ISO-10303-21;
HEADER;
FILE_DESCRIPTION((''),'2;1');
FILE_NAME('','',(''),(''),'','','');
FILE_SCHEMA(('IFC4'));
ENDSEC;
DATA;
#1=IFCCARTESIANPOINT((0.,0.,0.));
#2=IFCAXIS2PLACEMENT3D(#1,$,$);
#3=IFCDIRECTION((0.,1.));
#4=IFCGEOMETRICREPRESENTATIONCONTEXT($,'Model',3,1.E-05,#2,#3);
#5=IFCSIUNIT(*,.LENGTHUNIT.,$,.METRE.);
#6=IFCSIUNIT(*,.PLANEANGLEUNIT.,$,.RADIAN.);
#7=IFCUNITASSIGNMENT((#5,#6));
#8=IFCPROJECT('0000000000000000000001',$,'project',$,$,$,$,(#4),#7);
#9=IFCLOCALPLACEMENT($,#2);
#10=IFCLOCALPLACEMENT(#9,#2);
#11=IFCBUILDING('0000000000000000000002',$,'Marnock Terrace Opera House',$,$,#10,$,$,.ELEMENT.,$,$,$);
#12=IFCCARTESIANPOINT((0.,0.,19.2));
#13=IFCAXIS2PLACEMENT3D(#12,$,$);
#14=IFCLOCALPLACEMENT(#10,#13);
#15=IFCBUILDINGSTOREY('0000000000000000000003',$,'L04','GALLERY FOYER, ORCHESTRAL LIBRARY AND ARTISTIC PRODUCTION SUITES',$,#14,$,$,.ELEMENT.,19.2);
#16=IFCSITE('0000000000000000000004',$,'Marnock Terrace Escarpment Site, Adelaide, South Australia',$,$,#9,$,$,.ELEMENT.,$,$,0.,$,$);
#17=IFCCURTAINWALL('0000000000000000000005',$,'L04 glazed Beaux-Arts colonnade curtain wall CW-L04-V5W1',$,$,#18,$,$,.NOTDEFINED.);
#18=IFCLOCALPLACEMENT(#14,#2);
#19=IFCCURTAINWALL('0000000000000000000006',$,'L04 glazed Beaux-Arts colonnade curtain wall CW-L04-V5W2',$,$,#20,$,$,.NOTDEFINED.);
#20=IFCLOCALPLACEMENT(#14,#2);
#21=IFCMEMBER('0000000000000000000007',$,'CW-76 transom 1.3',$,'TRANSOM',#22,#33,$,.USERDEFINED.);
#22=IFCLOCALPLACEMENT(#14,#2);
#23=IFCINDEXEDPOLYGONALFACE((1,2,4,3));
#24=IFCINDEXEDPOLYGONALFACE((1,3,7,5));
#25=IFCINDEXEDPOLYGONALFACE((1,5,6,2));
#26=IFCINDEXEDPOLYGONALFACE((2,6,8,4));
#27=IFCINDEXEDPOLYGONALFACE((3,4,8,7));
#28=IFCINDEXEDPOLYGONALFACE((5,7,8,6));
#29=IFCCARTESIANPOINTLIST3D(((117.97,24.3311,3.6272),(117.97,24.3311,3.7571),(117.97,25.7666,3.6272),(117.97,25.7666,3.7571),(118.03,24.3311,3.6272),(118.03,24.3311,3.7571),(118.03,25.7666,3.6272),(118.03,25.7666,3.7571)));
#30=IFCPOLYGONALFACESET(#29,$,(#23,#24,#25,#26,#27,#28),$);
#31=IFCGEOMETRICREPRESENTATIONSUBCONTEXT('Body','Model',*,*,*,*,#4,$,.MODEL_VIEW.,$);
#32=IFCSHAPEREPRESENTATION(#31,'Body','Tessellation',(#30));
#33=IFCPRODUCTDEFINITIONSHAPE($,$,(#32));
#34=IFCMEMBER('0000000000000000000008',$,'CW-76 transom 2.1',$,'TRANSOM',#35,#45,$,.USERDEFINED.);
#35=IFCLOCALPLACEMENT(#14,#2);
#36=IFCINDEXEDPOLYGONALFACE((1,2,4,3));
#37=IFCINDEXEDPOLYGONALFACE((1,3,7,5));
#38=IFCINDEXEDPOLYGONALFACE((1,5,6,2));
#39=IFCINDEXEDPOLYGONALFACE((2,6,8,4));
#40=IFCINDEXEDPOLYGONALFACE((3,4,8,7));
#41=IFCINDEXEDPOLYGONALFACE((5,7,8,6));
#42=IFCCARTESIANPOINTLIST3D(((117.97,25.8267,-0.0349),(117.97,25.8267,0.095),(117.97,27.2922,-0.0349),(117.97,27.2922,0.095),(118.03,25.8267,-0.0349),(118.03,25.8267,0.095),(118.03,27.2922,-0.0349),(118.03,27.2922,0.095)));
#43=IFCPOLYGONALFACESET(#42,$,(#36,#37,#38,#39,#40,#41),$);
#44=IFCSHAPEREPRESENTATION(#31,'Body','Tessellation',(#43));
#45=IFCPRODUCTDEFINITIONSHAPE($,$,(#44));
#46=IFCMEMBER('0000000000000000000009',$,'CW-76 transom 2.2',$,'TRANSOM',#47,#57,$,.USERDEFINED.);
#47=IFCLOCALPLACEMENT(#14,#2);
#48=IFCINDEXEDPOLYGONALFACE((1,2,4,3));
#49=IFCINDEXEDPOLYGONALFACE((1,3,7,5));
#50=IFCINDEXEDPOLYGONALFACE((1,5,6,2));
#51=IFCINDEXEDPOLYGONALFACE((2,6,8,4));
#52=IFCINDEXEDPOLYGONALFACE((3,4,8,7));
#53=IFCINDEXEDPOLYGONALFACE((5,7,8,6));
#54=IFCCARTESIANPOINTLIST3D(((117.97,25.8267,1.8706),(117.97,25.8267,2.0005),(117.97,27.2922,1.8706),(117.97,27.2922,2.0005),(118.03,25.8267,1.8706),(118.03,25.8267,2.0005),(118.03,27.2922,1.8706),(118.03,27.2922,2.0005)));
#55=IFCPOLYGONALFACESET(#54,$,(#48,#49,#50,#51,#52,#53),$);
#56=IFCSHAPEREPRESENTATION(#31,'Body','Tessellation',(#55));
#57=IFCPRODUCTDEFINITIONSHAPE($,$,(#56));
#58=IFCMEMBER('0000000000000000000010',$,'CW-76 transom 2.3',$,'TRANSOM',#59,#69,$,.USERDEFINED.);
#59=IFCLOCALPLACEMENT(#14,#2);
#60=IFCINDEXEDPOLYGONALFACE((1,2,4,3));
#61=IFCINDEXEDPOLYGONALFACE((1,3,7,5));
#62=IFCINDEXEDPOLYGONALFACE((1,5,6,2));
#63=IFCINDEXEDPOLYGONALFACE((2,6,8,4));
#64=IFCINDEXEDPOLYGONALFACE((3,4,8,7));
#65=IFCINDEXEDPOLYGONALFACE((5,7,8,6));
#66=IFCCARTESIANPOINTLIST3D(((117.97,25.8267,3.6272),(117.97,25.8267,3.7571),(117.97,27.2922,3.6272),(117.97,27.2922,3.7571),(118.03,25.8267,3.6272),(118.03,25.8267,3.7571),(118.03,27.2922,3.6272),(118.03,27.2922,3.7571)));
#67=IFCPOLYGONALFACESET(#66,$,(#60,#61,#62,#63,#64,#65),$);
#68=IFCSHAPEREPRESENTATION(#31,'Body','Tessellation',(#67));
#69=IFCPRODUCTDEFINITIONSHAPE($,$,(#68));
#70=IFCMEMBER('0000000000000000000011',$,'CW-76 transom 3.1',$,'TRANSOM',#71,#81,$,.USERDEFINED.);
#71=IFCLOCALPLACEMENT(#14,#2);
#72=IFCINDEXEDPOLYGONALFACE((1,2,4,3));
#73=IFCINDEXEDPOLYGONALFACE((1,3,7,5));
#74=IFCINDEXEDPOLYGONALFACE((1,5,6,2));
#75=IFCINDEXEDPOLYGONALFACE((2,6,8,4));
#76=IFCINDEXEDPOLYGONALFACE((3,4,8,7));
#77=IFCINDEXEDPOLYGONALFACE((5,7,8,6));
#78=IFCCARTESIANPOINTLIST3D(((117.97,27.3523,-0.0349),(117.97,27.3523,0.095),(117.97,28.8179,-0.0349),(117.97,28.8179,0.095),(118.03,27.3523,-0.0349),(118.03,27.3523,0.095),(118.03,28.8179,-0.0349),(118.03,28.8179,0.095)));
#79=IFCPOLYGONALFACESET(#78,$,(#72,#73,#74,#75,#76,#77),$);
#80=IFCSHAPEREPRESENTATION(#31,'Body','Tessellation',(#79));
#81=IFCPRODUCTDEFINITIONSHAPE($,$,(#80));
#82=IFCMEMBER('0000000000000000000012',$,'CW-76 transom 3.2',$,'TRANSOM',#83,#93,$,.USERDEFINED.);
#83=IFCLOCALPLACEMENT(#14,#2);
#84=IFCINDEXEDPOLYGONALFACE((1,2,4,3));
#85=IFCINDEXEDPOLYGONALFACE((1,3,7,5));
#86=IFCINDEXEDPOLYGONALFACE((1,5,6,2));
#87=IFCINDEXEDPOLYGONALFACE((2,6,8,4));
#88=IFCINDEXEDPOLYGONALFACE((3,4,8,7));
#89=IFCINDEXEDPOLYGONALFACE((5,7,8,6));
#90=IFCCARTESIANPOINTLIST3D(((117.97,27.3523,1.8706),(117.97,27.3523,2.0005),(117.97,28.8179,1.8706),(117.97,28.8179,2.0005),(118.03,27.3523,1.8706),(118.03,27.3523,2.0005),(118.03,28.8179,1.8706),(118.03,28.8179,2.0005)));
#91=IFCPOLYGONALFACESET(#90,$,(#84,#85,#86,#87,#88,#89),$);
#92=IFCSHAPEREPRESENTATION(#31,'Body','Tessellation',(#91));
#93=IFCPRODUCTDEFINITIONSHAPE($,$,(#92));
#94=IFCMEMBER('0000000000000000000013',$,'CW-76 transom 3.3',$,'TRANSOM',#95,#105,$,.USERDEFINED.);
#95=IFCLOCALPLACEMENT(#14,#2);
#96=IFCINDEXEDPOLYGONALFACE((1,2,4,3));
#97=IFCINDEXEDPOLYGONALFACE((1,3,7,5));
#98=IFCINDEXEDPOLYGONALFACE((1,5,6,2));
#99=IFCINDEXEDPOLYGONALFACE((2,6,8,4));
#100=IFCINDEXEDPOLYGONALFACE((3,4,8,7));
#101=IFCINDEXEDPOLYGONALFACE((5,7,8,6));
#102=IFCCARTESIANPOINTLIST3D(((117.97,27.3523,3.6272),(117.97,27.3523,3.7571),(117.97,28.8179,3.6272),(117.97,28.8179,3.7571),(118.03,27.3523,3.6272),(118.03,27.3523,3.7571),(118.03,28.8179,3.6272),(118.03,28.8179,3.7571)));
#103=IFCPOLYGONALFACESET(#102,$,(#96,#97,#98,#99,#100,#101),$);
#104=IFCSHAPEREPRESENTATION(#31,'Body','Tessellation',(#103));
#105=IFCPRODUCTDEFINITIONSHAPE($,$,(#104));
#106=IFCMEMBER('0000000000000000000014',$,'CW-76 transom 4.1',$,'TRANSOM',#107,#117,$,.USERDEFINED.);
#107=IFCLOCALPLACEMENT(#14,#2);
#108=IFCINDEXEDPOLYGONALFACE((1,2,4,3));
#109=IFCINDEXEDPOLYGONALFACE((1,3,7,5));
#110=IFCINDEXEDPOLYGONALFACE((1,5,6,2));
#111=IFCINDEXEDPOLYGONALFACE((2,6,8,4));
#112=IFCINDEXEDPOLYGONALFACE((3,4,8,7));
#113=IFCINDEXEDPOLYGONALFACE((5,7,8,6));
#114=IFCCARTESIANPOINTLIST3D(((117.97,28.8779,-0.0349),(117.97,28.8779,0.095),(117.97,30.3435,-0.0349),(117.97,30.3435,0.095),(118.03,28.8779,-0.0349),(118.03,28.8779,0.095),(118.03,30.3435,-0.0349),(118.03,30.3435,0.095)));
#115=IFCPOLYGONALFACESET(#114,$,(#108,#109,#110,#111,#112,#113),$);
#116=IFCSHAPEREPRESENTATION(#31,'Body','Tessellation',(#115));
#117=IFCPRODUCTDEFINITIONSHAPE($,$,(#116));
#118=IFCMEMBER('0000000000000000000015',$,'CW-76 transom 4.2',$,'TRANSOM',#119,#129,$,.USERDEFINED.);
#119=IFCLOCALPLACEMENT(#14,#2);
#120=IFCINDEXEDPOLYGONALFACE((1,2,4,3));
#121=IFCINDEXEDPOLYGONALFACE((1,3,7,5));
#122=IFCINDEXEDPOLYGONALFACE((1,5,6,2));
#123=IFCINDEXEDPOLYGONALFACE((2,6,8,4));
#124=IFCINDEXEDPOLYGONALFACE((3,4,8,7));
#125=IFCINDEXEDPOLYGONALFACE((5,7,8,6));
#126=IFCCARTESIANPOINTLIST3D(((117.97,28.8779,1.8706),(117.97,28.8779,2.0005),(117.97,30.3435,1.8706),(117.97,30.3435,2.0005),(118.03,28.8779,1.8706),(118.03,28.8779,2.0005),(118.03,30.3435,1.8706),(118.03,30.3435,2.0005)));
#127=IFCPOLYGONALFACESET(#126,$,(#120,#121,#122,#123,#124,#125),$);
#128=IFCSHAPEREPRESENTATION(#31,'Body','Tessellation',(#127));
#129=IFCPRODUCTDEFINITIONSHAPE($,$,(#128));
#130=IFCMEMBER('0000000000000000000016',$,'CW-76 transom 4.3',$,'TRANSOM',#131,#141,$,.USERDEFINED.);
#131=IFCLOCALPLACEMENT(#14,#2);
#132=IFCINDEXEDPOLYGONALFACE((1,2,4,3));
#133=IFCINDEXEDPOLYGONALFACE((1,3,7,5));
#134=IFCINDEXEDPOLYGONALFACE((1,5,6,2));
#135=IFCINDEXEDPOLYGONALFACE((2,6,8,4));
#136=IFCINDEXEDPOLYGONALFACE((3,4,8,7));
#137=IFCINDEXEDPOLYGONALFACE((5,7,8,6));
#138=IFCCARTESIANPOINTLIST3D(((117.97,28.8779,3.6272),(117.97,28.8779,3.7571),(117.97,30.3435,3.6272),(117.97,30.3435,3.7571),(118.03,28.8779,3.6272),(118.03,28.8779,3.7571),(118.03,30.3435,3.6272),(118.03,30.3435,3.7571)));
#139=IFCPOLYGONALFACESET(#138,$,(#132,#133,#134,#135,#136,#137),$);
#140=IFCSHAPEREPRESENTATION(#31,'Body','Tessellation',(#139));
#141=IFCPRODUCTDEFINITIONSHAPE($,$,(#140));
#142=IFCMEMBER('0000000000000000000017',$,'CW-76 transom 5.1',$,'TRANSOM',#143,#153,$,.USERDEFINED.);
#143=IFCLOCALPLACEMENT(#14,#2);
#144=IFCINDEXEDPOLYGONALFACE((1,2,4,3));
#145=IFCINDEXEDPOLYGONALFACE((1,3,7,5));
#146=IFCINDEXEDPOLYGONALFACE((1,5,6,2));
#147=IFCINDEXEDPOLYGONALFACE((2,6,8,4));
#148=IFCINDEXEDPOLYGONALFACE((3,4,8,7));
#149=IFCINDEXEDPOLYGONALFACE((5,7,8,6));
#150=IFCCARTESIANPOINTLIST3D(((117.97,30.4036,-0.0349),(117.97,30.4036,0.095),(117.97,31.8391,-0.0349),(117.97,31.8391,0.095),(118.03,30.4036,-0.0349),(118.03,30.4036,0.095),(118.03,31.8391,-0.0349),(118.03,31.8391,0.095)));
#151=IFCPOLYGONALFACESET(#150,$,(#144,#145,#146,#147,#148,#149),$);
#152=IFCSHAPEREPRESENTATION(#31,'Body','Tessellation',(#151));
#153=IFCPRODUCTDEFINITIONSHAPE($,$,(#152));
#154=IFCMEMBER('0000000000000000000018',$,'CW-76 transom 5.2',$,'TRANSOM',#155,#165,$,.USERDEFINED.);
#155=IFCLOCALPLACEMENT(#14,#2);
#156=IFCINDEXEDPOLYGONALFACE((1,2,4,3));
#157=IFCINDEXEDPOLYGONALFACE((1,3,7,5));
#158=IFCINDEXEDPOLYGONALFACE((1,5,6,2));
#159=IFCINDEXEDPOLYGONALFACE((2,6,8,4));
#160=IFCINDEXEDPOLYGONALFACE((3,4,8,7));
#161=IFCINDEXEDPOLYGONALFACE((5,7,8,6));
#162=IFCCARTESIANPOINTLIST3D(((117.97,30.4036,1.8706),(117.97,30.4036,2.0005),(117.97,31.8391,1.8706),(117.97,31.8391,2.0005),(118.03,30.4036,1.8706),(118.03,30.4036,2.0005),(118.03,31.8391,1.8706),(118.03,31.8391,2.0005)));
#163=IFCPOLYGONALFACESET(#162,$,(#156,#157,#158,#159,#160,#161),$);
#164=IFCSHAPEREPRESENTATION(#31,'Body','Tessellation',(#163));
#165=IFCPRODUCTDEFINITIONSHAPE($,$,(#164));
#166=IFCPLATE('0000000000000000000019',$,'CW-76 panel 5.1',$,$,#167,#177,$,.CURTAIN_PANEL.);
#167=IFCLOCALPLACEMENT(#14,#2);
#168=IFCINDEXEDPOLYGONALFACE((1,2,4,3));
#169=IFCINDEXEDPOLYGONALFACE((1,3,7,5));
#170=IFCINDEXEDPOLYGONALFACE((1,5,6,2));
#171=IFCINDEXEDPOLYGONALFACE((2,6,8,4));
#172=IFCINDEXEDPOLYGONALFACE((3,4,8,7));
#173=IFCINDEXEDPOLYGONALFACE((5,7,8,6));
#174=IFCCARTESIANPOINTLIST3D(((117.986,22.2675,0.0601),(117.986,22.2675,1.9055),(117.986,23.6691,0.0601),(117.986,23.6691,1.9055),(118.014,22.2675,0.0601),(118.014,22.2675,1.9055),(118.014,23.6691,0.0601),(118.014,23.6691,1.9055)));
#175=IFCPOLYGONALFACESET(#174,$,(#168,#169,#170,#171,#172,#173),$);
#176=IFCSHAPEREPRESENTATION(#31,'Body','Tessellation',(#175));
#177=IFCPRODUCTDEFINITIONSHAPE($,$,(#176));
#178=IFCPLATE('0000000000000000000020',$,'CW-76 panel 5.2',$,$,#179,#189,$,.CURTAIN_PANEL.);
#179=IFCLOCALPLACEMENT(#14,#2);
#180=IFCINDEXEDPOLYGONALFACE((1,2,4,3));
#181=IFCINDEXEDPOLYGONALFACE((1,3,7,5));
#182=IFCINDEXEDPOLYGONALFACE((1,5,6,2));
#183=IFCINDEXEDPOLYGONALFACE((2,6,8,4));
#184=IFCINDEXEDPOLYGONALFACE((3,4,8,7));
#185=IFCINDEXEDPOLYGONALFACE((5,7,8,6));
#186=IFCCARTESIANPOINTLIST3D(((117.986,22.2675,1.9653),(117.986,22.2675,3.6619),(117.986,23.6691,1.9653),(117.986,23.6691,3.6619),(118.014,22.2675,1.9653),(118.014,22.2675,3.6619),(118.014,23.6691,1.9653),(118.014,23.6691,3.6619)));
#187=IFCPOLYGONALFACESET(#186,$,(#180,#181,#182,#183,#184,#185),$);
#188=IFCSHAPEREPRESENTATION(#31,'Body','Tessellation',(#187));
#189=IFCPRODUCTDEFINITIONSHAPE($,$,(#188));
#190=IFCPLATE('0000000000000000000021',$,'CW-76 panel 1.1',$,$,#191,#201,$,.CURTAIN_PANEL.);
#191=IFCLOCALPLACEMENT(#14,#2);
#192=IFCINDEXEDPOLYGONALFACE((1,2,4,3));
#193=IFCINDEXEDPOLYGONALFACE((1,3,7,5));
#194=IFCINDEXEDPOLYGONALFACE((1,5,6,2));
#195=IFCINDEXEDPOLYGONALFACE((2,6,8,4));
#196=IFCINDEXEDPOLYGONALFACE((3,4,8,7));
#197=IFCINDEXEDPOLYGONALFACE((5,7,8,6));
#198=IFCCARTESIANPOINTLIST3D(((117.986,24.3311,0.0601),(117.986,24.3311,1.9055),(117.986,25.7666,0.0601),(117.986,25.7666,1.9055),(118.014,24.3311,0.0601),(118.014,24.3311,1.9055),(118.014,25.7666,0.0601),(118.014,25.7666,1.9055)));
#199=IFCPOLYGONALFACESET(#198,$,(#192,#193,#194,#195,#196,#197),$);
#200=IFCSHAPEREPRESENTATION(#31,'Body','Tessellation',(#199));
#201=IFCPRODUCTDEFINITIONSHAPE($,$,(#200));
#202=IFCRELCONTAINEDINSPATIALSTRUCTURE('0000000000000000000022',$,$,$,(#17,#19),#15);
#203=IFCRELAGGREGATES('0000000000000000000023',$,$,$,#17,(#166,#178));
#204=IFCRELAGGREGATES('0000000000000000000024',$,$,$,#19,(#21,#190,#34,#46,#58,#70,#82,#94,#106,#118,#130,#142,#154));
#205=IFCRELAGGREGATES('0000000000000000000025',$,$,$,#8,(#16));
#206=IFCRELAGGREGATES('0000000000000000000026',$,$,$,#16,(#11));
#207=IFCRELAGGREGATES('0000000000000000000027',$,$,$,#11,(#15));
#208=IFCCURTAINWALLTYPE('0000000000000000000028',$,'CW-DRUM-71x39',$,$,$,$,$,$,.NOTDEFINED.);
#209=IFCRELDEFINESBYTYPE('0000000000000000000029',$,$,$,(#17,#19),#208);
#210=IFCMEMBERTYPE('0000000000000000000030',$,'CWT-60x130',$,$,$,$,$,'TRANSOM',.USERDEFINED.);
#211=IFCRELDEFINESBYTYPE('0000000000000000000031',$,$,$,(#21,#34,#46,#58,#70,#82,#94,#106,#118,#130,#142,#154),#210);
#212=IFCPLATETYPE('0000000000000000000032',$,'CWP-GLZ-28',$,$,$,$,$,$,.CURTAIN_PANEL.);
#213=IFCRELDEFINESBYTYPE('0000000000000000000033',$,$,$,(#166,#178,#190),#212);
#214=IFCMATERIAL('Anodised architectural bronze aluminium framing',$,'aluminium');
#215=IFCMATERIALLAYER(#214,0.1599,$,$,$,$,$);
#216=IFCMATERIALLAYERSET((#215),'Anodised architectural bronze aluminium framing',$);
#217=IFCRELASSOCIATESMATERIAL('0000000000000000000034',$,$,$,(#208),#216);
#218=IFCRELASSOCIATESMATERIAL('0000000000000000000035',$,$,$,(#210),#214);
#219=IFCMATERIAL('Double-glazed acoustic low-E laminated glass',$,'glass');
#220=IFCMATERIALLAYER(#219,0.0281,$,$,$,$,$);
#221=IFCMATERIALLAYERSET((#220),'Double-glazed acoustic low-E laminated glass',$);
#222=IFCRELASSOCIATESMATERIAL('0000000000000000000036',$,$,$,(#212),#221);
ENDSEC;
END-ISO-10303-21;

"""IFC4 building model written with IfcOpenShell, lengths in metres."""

from ifc_helpers import new_model, si_unit, direction, frame, origin, origin_2d, place, context, subcontext, project, spatial, rectangle, extrude, material, layer, layer_set, material_profile, profile_set, type_object, element, aggregate, save


model = new_model("IFC4")

# Units and contexts
model_context = context("Model", 3, precision=1e-05, world=origin(), true_north=direction((0.0, 1.0)))
body_context = subcontext(model_context, "Body", "Model", "MODEL_VIEW")
ifc_project = project(units=[si_unit("LENGTHUNIT", "METRE"), si_unit("PLANEANGLEUNIT", "RADIAN")], contexts=[model_context])

# Site, building, storey
site_placement = place(None, origin())
site = spatial("IfcSite", under=ifc_project, at=site_placement, Name="Marnock Terrace Escarpment Site, Adelaide, South Australia", CompositionType="ELEMENT", RefElevation=0.0)
building_placement = place(site_placement, origin())
building = spatial("IfcBuilding", under=site, at=building_placement, Name="Marnock Terrace Opera House", CompositionType="ELEMENT")
storey_placement = place(building_placement, frame((0.0, 0.0, 19.2)))
storey = spatial("IfcBuildingStorey", under=building, at=storey_placement, Name="L04", Description="GALLERY FOYER, ORCHESTRAL LIBRARY AND ARTISTIC PRODUCTION SUITES", CompositionType="ELEMENT", Elevation=19.2)

# Curtain wall
ifc_material_1 = material(Name="Anodised architectural bronze aluminium framing", Category="aluminium")
ifc_layer_1 = layer(ifc_material_1, 0.1599)
ifc_layer_set_1 = layer_set([ifc_layer_1], Name="Anodised architectural bronze aluminium framing")
curtain_wall_type = type_object("IfcCurtainWallType", Name="CW-DRUM-71x39", PredefinedType="NOTDEFINED", material=ifc_layer_set_1)
curtain_wall_1_placement = place(storey_placement, origin())
curtain_wall_1 = element("IfcCurtainWall", 1, at=curtain_wall_1_placement, inside=storey, type_object=curtain_wall_type, Name="L04 glazed Beaux-Arts colonnade curtain wall CW-L04-V5W1", PredefinedType="NOTDEFINED")

# Curtain wall
curtain_wall_2_placement = place(storey_placement, origin())
curtain_wall_2 = element("IfcCurtainWall", 2, at=curtain_wall_2_placement, inside=storey, type_object=curtain_wall_type, Name="L04 glazed Beaux-Arts colonnade curtain wall CW-L04-V5W2", PredefinedType="NOTDEFINED")

# Members
ifc_material_profile_1 = material_profile(ifc_material_1, rectangle(XDim=0.0601, YDim=0.1299, at=origin_2d()))
ifc_profile_set_1 = profile_set([ifc_material_profile_1], Name="Anodised architectural bronze aluminium framing")
member_type_1 = type_object("IfcMemberType", Name="CWT-60x130", ElementType="TRANSOM", PredefinedType="USERDEFINED", material=ifc_profile_set_1)
member_1_placement = place(storey_placement, frame((118.0, 24.3311, 3.6921), z_axis=(0.0, 1.0, 0.0), x_axis=(-1.0, 0.0, 0.0)))
member_1 = element("IfcMember", 3, at=member_1_placement, type_object=member_type_1, Name="CW-76 transom 1.3", ObjectType="TRANSOM", PredefinedType="USERDEFINED", context=body_context, shape_type="SweptSolid", body=[
    extrude(rectangle(XDim=0.0601, YDim=0.1299, at=origin_2d()), origin(), (0.0, 0.0, 1.0), 1.4355),
])
member_2_placement = place(storey_placement, frame((118.0, 25.8267, 0.03), z_axis=(0.0, 1.0, 0.0), x_axis=(-1.0, 0.0, 0.0)))
member_2 = element("IfcMember", 4, at=member_2_placement, type_object=member_type_1, Name="CW-76 transom 2.1", ObjectType="TRANSOM", PredefinedType="USERDEFINED", context=body_context, shape_type="SweptSolid", body=[
    extrude(rectangle(XDim=0.0601, YDim=0.1299, at=origin_2d()), origin(), (0.0, 0.0, 1.0), 1.4656),
])
member_3_placement = place(storey_placement, frame((118.0, 25.8267, 1.9355), z_axis=(0.0, 1.0, 0.0), x_axis=(-1.0, 0.0, 0.0)))
member_3 = element("IfcMember", 5, at=member_3_placement, type_object=member_type_1, Name="CW-76 transom 2.2", ObjectType="TRANSOM", PredefinedType="USERDEFINED", context=body_context, shape_type="SweptSolid", body=[
    extrude(rectangle(XDim=0.0601, YDim=0.1299, at=origin_2d()), origin(), (0.0, 0.0, 1.0), 1.4656),
])
member_4_placement = place(storey_placement, frame((118.0, 25.8267, 3.6921), z_axis=(0.0, 1.0, 0.0), x_axis=(-1.0, 0.0, 0.0)))
member_4 = element("IfcMember", 6, at=member_4_placement, type_object=member_type_1, Name="CW-76 transom 2.3", ObjectType="TRANSOM", PredefinedType="USERDEFINED", context=body_context, shape_type="SweptSolid", body=[
    extrude(rectangle(XDim=0.0601, YDim=0.1299, at=origin_2d()), origin(), (0.0, 0.0, 1.0), 1.4656),
])
member_5_placement = place(storey_placement, frame((118.0, 27.3523, 0.03), z_axis=(0.0, 1.0, 0.0), x_axis=(-1.0, 0.0, 0.0)))
member_5 = element("IfcMember", 7, at=member_5_placement, type_object=member_type_1, Name="CW-76 transom 3.1", ObjectType="TRANSOM", PredefinedType="USERDEFINED", context=body_context, shape_type="SweptSolid", body=[
    extrude(rectangle(XDim=0.0601, YDim=0.1299, at=origin_2d()), origin(), (0.0, 0.0, 1.0), 1.4656),
])
member_6_placement = place(storey_placement, frame((118.0, 27.3523, 1.9355), z_axis=(0.0, 1.0, 0.0), x_axis=(-1.0, 0.0, 0.0)))
member_6 = element("IfcMember", 8, at=member_6_placement, type_object=member_type_1, Name="CW-76 transom 3.2", ObjectType="TRANSOM", PredefinedType="USERDEFINED", context=body_context, shape_type="SweptSolid", body=[
    extrude(rectangle(XDim=0.0601, YDim=0.1299, at=origin_2d()), origin(), (0.0, 0.0, 1.0), 1.4656),
])
member_7_placement = place(storey_placement, frame((118.0, 27.3523, 3.6921), z_axis=(0.0, 1.0, 0.0), x_axis=(-1.0, 0.0, 0.0)))
member_7 = element("IfcMember", 9, at=member_7_placement, type_object=member_type_1, Name="CW-76 transom 3.3", ObjectType="TRANSOM", PredefinedType="USERDEFINED", context=body_context, shape_type="SweptSolid", body=[
    extrude(rectangle(XDim=0.0601, YDim=0.1299, at=origin_2d()), origin(), (0.0, 0.0, 1.0), 1.4656),
])
member_8_placement = place(storey_placement, frame((118.0, 28.8779, 0.03), z_axis=(0.0, 1.0, 0.0), x_axis=(-1.0, 0.0, 0.0)))
member_8 = element("IfcMember", 10, at=member_8_placement, type_object=member_type_1, Name="CW-76 transom 4.1", ObjectType="TRANSOM", PredefinedType="USERDEFINED", context=body_context, shape_type="SweptSolid", body=[
    extrude(rectangle(XDim=0.0601, YDim=0.1299, at=origin_2d()), origin(), (0.0, 0.0, 1.0), 1.4656),
])
member_9_placement = place(storey_placement, frame((118.0, 28.8779, 1.9355), z_axis=(0.0, 1.0, 0.0), x_axis=(-1.0, 0.0, 0.0)))
member_9 = element("IfcMember", 11, at=member_9_placement, type_object=member_type_1, Name="CW-76 transom 4.2", ObjectType="TRANSOM", PredefinedType="USERDEFINED", context=body_context, shape_type="SweptSolid", body=[
    extrude(rectangle(XDim=0.0601, YDim=0.1299, at=origin_2d()), origin(), (0.0, 0.0, 1.0), 1.4656),
])
member_10_placement = place(storey_placement, frame((118.0, 28.8779, 3.6921), z_axis=(0.0, 1.0, 0.0), x_axis=(-1.0, 0.0, 0.0)))
member_10 = element("IfcMember", 12, at=member_10_placement, type_object=member_type_1, Name="CW-76 transom 4.3", ObjectType="TRANSOM", PredefinedType="USERDEFINED", context=body_context, shape_type="SweptSolid", body=[
    extrude(rectangle(XDim=0.0601, YDim=0.1299, at=origin_2d()), origin(), (0.0, 0.0, 1.0), 1.4656),
])
member_11_placement = place(storey_placement, frame((118.0, 30.4036, 0.03), z_axis=(0.0, 1.0, 0.0), x_axis=(-1.0, 0.0, 0.0)))
member_11 = element("IfcMember", 13, at=member_11_placement, type_object=member_type_1, Name="CW-76 transom 5.1", ObjectType="TRANSOM", PredefinedType="USERDEFINED", context=body_context, shape_type="SweptSolid", body=[
    extrude(rectangle(XDim=0.0601, YDim=0.1299, at=origin_2d()), origin(), (0.0, 0.0, 1.0), 1.4355),
])
member_12_placement = place(storey_placement, frame((118.0, 30.4036, 1.9355), z_axis=(0.0, 1.0, 0.0), x_axis=(-1.0, 0.0, 0.0)))
member_12 = element("IfcMember", 14, at=member_12_placement, type_object=member_type_1, Name="CW-76 transom 5.2", ObjectType="TRANSOM", PredefinedType="USERDEFINED", context=body_context, shape_type="SweptSolid", body=[
    extrude(rectangle(XDim=0.0601, YDim=0.1299, at=origin_2d()), origin(), (0.0, 0.0, 1.0), 1.4355),
])

# Plates
ifc_material_2 = material(Name="Double-glazed acoustic low-E laminated glass", Category="glass")
ifc_layer_2 = layer(ifc_material_2, 0.0281)
ifc_layer_set_2 = layer_set([ifc_layer_2], Name="Double-glazed acoustic low-E laminated glass")
plate_type = type_object("IfcPlateType", Name="CWP-GLZ-28", PredefinedType="CURTAIN_PANEL", material=ifc_layer_set_2)
plate_1_placement = place(storey_placement, frame((118.0, 22.9683, 0.0601), z_axis=(0.0, 0.0, 1.0), x_axis=(0.0, 1.0, 0.0)))
plate_1 = element("IfcPlate", 15, at=plate_1_placement, type_object=plate_type, Name="CW-76 panel 5.1", PredefinedType="CURTAIN_PANEL", context=body_context, shape_type="SweptSolid", body=[
    extrude(rectangle(XDim=1.4016, YDim=0.0281, at=origin_2d()), origin(), (0.0, 0.0, 1.0), 1.8455),
])
plate_2_placement = place(storey_placement, frame((118.0, 22.9683, 1.9653), z_axis=(0.0, 0.0, 1.0), x_axis=(0.0, 1.0, 0.0)))
plate_2 = element("IfcPlate", 16, at=plate_2_placement, type_object=plate_type, Name="CW-76 panel 5.2", PredefinedType="CURTAIN_PANEL", context=body_context, shape_type="SweptSolid", body=[
    extrude(rectangle(XDim=1.4016, YDim=0.0281, at=origin_2d()), origin(), (0.0, 0.0, 1.0), 1.6965),
])
aggregate(curtain_wall_1, [plate_1, plate_2])
plate_3_placement = place(storey_placement, frame((118.0, 25.0488, 0.0601), z_axis=(0.0, 0.0, 1.0), x_axis=(0.0, 1.0, 0.0)))
plate_3 = element("IfcPlate", 17, at=plate_3_placement, type_object=plate_type, Name="CW-76 panel 1.1", PredefinedType="CURTAIN_PANEL", context=body_context, shape_type="SweptSolid", body=[
    extrude(rectangle(XDim=1.4355, YDim=0.0281, at=origin_2d()), origin(), (0.0, 0.0, 1.0), 1.8455),
])
aggregate(curtain_wall_2, [member_1, plate_3, member_2, member_3, member_4, member_5, member_6, member_7, member_8, member_9, member_10, member_11, member_12])

save(model, "model.ifc")
